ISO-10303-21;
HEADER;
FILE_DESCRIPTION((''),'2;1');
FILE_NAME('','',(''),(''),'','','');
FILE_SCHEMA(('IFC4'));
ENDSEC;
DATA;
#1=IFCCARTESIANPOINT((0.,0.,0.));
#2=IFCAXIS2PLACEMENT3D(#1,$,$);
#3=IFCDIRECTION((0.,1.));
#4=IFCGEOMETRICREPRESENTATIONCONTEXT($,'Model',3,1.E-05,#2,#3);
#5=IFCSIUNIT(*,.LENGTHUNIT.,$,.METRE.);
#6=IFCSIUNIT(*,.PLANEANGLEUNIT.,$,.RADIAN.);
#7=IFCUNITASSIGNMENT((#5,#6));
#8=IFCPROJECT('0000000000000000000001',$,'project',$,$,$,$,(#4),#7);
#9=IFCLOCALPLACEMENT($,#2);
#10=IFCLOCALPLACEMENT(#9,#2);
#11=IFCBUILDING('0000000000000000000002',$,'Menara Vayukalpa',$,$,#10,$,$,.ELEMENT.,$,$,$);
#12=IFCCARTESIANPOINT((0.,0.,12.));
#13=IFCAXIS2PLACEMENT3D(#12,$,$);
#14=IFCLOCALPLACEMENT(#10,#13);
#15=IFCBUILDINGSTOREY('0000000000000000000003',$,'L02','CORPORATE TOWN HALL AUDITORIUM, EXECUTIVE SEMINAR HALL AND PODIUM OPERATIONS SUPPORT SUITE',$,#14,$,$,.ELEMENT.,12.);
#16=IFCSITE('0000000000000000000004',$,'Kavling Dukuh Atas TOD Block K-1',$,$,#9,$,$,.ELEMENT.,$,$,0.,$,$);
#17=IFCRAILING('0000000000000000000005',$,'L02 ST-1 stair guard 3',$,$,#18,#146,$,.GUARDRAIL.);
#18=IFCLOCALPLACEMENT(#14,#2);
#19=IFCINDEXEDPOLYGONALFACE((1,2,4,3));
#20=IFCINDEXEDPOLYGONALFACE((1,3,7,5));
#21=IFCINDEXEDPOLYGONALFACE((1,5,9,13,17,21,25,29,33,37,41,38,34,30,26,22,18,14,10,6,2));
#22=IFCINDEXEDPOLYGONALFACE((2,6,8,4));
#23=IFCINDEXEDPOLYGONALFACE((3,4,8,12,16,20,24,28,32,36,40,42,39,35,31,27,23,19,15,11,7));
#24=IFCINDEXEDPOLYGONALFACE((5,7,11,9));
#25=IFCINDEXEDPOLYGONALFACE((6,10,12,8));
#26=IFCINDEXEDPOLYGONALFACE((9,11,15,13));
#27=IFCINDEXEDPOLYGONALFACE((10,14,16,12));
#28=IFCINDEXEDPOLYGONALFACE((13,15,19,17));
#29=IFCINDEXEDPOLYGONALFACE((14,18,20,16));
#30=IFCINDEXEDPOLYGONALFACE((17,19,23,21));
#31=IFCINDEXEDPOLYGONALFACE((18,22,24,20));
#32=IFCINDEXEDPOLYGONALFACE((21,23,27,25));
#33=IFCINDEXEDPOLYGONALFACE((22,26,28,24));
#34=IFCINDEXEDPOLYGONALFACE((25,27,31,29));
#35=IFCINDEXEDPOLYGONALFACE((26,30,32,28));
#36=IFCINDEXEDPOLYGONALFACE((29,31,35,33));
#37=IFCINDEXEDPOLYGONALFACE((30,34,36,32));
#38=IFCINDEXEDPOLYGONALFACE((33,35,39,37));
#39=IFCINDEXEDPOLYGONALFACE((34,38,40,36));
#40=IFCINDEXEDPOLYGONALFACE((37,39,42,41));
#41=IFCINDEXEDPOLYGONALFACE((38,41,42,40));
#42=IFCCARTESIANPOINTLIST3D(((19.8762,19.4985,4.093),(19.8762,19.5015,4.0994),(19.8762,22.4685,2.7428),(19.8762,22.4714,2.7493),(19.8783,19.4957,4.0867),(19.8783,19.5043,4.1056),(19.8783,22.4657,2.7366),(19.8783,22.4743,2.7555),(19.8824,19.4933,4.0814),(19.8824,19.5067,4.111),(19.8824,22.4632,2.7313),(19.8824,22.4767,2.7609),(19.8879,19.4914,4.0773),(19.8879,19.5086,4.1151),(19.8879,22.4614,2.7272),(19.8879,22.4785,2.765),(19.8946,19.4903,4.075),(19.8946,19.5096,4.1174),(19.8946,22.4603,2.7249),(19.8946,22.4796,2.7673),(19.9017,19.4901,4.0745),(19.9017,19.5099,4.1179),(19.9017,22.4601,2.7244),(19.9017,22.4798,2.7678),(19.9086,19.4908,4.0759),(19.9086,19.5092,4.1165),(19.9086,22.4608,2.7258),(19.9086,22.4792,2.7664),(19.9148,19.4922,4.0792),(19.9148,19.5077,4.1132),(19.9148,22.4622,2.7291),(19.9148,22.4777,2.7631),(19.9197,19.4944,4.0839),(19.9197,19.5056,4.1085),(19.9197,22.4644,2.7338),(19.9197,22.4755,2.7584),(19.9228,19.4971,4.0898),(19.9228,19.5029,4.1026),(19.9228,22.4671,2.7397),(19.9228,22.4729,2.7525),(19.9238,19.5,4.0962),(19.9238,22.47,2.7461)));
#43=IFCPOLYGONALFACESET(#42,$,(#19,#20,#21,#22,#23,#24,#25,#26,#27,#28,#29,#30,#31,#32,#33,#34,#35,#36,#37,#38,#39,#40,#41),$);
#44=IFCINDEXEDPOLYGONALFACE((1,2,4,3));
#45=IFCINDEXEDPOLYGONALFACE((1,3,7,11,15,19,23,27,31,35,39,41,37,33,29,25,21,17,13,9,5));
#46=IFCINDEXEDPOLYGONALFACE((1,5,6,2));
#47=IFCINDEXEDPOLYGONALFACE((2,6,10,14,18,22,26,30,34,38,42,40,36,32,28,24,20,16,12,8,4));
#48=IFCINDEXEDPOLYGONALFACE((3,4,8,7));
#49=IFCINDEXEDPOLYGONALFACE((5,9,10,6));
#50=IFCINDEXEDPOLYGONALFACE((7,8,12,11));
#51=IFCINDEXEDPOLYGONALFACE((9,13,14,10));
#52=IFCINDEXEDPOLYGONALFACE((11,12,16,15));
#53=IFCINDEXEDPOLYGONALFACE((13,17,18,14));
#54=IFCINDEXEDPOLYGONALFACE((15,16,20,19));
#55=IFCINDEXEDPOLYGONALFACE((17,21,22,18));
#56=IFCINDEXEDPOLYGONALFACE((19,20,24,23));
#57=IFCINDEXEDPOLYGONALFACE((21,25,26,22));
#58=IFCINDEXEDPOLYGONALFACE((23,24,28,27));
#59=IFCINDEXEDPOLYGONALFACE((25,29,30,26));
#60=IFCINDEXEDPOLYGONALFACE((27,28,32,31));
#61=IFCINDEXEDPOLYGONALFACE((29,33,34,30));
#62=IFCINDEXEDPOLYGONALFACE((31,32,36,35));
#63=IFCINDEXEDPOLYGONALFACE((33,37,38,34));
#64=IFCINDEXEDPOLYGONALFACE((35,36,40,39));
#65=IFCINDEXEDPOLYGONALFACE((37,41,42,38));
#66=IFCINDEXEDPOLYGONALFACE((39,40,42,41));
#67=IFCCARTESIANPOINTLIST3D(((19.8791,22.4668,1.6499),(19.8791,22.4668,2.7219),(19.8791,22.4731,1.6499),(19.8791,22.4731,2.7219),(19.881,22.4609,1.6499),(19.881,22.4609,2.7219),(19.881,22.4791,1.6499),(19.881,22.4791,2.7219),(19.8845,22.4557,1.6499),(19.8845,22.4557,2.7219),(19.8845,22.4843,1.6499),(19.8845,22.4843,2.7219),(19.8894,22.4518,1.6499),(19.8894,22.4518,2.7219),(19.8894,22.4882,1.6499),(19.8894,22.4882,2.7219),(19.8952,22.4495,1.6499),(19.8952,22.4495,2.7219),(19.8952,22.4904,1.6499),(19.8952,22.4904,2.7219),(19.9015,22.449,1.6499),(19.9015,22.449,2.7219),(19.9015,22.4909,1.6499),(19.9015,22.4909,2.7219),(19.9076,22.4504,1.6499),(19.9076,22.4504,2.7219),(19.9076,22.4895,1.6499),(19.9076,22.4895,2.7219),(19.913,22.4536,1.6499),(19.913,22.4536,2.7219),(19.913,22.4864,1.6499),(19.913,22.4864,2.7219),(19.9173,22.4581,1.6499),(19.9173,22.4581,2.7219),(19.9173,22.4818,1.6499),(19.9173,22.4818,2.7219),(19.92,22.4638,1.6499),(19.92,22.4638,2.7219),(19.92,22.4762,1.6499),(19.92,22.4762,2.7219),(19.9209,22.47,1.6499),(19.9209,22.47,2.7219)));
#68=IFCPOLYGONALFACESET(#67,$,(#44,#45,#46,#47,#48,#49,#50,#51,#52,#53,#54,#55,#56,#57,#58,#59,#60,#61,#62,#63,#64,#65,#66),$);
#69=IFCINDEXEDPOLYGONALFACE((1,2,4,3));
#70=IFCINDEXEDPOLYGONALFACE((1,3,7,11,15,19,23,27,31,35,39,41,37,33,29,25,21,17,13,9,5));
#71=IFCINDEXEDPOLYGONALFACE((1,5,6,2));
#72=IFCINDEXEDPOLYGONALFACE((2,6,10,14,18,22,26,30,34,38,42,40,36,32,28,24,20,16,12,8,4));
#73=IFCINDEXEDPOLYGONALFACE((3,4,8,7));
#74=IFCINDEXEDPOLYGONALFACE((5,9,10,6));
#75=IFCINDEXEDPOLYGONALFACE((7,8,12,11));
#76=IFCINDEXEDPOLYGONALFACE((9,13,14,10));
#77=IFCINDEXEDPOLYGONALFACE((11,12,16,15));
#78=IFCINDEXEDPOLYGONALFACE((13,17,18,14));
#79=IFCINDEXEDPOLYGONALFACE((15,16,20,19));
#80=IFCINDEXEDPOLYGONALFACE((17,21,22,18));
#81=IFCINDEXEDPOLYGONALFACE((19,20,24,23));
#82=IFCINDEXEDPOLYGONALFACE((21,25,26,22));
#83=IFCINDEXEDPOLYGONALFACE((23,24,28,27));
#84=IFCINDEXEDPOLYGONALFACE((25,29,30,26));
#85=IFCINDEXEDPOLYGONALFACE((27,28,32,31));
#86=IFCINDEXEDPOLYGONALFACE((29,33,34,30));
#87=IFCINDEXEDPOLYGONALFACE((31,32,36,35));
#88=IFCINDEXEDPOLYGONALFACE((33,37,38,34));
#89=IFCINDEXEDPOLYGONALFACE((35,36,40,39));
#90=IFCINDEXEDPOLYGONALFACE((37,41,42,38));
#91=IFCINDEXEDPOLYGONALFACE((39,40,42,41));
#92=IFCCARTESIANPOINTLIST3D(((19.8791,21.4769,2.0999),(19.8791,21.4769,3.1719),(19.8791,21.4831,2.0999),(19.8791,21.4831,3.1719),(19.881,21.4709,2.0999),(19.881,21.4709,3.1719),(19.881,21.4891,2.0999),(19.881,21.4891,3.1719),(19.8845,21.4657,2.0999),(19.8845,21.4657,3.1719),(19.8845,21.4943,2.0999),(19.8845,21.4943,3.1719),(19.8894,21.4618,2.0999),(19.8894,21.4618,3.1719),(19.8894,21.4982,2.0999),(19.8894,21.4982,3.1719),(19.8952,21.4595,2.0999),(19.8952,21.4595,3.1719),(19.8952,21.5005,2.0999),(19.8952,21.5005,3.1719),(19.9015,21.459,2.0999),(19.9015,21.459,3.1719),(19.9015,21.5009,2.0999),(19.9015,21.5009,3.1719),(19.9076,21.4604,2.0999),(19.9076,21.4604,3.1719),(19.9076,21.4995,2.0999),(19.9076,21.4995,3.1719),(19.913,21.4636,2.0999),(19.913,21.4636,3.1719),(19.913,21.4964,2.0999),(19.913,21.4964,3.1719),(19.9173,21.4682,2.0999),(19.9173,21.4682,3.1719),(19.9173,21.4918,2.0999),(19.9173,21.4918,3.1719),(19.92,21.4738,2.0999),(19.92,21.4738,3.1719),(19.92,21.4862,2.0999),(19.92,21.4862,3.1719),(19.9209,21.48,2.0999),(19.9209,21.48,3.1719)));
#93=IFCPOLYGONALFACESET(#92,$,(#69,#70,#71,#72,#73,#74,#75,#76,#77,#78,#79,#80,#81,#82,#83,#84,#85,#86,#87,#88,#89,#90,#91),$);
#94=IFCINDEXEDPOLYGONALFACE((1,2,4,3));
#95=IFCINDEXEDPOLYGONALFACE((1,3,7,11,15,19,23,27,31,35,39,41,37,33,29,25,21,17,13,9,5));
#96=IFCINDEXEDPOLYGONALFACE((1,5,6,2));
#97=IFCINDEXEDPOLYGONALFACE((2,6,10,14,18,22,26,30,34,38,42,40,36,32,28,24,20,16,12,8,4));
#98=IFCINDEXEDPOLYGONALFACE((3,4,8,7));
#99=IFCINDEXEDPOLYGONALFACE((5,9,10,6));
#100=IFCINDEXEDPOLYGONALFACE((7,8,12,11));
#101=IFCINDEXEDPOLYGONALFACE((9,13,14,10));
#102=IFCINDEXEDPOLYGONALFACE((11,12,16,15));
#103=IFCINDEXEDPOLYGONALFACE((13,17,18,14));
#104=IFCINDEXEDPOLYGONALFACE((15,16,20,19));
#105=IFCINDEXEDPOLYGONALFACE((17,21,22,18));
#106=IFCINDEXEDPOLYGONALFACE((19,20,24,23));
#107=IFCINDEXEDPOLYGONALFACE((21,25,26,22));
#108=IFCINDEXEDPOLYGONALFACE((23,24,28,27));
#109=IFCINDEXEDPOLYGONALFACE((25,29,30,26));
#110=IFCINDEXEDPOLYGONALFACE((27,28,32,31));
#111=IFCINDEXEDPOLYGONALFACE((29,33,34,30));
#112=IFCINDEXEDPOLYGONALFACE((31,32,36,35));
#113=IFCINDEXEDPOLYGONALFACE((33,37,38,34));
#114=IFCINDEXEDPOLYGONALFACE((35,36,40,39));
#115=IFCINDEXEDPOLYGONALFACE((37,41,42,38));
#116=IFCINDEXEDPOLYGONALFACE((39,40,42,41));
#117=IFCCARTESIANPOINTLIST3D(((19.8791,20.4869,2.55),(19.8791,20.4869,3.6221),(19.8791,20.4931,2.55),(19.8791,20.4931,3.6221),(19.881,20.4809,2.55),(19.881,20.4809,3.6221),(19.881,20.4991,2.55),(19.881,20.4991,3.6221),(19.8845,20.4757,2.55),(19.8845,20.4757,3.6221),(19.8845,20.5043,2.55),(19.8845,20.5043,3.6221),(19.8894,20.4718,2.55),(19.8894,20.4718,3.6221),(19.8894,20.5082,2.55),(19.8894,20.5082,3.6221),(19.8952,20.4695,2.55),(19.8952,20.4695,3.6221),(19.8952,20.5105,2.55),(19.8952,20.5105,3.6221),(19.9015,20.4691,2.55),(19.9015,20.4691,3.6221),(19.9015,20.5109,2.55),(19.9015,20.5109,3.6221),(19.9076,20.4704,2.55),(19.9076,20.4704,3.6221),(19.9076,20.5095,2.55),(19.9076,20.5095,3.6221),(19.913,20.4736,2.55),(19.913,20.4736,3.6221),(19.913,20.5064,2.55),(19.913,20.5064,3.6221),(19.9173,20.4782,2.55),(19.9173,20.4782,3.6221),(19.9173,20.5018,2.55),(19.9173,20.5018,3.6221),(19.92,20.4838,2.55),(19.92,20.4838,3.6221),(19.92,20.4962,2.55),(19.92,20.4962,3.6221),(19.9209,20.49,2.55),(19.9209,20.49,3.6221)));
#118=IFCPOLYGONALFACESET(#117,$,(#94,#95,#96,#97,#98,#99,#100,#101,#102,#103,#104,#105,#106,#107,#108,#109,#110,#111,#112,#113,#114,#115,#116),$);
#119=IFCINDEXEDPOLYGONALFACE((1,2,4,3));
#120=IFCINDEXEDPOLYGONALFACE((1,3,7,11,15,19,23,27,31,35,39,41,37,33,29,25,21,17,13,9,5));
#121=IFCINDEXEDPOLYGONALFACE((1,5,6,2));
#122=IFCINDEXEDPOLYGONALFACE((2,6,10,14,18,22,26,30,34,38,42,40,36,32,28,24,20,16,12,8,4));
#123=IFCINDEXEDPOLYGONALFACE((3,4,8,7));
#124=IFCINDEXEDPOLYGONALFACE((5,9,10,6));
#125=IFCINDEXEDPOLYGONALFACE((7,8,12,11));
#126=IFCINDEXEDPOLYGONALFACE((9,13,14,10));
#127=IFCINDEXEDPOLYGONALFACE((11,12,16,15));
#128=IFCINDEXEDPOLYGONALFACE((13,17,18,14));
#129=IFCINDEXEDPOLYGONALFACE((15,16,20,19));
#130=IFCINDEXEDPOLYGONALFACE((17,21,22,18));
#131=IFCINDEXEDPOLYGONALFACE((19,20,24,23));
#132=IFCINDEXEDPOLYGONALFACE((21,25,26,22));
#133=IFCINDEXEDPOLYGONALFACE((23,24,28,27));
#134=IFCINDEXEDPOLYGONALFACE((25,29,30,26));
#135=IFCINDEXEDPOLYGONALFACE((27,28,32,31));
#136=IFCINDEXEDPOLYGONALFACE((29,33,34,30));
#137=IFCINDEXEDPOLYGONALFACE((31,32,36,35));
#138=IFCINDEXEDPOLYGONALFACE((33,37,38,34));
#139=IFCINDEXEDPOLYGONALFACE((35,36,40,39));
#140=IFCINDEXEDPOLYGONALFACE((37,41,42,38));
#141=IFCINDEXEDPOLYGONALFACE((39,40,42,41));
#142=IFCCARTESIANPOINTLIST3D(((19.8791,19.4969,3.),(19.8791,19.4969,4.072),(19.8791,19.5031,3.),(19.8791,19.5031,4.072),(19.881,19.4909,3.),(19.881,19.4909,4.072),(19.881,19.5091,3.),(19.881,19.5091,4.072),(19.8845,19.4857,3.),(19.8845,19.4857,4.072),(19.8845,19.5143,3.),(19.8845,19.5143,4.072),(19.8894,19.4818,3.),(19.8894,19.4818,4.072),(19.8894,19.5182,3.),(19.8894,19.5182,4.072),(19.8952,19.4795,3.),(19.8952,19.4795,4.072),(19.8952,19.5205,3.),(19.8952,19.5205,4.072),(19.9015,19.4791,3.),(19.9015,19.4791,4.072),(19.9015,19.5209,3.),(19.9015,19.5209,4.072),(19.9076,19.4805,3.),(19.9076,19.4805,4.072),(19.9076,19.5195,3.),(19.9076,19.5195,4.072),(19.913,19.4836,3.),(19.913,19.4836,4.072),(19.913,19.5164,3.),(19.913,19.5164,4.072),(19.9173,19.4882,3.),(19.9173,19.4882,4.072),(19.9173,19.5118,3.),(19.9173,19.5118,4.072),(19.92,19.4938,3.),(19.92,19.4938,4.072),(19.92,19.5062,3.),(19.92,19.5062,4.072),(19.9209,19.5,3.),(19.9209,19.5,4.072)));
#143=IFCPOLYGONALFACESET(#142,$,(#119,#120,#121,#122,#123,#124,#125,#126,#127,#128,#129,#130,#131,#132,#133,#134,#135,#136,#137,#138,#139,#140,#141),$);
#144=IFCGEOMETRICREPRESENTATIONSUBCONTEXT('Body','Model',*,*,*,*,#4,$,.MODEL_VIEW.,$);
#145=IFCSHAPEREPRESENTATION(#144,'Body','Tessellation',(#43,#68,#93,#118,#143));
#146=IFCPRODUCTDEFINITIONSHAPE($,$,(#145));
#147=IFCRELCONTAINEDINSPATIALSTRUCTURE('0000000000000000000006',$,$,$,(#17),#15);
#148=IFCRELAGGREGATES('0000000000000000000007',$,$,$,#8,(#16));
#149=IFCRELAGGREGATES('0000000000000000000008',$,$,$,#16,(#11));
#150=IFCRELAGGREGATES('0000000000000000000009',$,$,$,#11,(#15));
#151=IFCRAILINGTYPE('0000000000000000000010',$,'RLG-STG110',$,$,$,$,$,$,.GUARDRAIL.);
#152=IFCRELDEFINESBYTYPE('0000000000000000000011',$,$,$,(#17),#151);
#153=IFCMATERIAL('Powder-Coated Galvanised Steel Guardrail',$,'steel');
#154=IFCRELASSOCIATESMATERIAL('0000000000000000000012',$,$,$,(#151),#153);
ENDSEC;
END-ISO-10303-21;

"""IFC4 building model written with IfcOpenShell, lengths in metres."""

from ifc_helpers import new_model, si_unit, direction, frame, origin, origin_2d, place, context, subcontext, project, spatial, circle, extrude, material, type_object, element, save


model = new_model("IFC4")

# Units and contexts
model_context = context("Model", 3, precision=1e-05, world=origin(), true_north=direction((0.0, 1.0)))
body_context = subcontext(model_context, "Body", "Model", "MODEL_VIEW")
ifc_project = project(units=[si_unit("LENGTHUNIT", "METRE"), si_unit("PLANEANGLEUNIT", "RADIAN")], contexts=[model_context])

# Site, building, storey
site_placement = place(None, origin())
site = spatial("IfcSite", under=ifc_project, at=site_placement, Name="Kavling Dukuh Atas TOD Block K-1", CompositionType="ELEMENT", RefElevation=0.0)
building_placement = place(site_placement, origin())
building = spatial("IfcBuilding", under=site, at=building_placement, Name="Menara Vayukalpa", CompositionType="ELEMENT")
storey_placement = place(building_placement, frame((0.0, 0.0, 12.0)))
storey = spatial("IfcBuildingStorey", under=building, at=storey_placement, Name="L02", Description="CORPORATE TOWN HALL AUDITORIUM, EXECUTIVE SEMINAR HALL AND PODIUM OPERATIONS SUPPORT SUITE", CompositionType="ELEMENT", Elevation=12.0)

# Railing
ifc_material_1 = material(Name="Powder-Coated Galvanised Steel Guardrail", Category="steel")
railing_type_1 = type_object("IfcRailingType", Name="RLG-STG110", PredefinedType="GUARDRAIL", material=ifc_material_1)
railing_1_placement = place(storey_placement, frame((19.8999, 22.47, 1.6499)))
element("IfcRailing", 1, at=railing_1_placement, inside=storey, type_object=railing_type_1, Name="L02 ST-1 stair guard 3", PredefinedType="GUARDRAIL", context=body_context, shape_type="SweptSolid", body=[
    extrude(circle(Radius=0.0239, at=origin_2d()), frame((0.0, 0.0, 1.0962), z_axis=(0.0, -0.910354, 0.413831), x_axis=(1.0, 0.0, 0.0)), (0.0, 0.0, 1.0), 3.2625),
    extrude(circle(Radius=0.021, at=origin_2d()), origin(), (0.0, 0.0, 1.0), 1.072),
    extrude(circle(Radius=0.021, at=origin_2d()), frame((0.0, -0.99, 0.45)), (0.0, 0.0, 1.0), 1.072),
    extrude(circle(Radius=0.021, at=origin_2d()), frame((0.0, -1.98, 0.9001)), (0.0, 0.0, 1.0), 1.072),
    extrude(circle(Radius=0.021, at=origin_2d()), frame((0.0, -2.97, 1.3501)), (0.0, 0.0, 1.0), 1.072),
])

save(model, "model.ifc")
